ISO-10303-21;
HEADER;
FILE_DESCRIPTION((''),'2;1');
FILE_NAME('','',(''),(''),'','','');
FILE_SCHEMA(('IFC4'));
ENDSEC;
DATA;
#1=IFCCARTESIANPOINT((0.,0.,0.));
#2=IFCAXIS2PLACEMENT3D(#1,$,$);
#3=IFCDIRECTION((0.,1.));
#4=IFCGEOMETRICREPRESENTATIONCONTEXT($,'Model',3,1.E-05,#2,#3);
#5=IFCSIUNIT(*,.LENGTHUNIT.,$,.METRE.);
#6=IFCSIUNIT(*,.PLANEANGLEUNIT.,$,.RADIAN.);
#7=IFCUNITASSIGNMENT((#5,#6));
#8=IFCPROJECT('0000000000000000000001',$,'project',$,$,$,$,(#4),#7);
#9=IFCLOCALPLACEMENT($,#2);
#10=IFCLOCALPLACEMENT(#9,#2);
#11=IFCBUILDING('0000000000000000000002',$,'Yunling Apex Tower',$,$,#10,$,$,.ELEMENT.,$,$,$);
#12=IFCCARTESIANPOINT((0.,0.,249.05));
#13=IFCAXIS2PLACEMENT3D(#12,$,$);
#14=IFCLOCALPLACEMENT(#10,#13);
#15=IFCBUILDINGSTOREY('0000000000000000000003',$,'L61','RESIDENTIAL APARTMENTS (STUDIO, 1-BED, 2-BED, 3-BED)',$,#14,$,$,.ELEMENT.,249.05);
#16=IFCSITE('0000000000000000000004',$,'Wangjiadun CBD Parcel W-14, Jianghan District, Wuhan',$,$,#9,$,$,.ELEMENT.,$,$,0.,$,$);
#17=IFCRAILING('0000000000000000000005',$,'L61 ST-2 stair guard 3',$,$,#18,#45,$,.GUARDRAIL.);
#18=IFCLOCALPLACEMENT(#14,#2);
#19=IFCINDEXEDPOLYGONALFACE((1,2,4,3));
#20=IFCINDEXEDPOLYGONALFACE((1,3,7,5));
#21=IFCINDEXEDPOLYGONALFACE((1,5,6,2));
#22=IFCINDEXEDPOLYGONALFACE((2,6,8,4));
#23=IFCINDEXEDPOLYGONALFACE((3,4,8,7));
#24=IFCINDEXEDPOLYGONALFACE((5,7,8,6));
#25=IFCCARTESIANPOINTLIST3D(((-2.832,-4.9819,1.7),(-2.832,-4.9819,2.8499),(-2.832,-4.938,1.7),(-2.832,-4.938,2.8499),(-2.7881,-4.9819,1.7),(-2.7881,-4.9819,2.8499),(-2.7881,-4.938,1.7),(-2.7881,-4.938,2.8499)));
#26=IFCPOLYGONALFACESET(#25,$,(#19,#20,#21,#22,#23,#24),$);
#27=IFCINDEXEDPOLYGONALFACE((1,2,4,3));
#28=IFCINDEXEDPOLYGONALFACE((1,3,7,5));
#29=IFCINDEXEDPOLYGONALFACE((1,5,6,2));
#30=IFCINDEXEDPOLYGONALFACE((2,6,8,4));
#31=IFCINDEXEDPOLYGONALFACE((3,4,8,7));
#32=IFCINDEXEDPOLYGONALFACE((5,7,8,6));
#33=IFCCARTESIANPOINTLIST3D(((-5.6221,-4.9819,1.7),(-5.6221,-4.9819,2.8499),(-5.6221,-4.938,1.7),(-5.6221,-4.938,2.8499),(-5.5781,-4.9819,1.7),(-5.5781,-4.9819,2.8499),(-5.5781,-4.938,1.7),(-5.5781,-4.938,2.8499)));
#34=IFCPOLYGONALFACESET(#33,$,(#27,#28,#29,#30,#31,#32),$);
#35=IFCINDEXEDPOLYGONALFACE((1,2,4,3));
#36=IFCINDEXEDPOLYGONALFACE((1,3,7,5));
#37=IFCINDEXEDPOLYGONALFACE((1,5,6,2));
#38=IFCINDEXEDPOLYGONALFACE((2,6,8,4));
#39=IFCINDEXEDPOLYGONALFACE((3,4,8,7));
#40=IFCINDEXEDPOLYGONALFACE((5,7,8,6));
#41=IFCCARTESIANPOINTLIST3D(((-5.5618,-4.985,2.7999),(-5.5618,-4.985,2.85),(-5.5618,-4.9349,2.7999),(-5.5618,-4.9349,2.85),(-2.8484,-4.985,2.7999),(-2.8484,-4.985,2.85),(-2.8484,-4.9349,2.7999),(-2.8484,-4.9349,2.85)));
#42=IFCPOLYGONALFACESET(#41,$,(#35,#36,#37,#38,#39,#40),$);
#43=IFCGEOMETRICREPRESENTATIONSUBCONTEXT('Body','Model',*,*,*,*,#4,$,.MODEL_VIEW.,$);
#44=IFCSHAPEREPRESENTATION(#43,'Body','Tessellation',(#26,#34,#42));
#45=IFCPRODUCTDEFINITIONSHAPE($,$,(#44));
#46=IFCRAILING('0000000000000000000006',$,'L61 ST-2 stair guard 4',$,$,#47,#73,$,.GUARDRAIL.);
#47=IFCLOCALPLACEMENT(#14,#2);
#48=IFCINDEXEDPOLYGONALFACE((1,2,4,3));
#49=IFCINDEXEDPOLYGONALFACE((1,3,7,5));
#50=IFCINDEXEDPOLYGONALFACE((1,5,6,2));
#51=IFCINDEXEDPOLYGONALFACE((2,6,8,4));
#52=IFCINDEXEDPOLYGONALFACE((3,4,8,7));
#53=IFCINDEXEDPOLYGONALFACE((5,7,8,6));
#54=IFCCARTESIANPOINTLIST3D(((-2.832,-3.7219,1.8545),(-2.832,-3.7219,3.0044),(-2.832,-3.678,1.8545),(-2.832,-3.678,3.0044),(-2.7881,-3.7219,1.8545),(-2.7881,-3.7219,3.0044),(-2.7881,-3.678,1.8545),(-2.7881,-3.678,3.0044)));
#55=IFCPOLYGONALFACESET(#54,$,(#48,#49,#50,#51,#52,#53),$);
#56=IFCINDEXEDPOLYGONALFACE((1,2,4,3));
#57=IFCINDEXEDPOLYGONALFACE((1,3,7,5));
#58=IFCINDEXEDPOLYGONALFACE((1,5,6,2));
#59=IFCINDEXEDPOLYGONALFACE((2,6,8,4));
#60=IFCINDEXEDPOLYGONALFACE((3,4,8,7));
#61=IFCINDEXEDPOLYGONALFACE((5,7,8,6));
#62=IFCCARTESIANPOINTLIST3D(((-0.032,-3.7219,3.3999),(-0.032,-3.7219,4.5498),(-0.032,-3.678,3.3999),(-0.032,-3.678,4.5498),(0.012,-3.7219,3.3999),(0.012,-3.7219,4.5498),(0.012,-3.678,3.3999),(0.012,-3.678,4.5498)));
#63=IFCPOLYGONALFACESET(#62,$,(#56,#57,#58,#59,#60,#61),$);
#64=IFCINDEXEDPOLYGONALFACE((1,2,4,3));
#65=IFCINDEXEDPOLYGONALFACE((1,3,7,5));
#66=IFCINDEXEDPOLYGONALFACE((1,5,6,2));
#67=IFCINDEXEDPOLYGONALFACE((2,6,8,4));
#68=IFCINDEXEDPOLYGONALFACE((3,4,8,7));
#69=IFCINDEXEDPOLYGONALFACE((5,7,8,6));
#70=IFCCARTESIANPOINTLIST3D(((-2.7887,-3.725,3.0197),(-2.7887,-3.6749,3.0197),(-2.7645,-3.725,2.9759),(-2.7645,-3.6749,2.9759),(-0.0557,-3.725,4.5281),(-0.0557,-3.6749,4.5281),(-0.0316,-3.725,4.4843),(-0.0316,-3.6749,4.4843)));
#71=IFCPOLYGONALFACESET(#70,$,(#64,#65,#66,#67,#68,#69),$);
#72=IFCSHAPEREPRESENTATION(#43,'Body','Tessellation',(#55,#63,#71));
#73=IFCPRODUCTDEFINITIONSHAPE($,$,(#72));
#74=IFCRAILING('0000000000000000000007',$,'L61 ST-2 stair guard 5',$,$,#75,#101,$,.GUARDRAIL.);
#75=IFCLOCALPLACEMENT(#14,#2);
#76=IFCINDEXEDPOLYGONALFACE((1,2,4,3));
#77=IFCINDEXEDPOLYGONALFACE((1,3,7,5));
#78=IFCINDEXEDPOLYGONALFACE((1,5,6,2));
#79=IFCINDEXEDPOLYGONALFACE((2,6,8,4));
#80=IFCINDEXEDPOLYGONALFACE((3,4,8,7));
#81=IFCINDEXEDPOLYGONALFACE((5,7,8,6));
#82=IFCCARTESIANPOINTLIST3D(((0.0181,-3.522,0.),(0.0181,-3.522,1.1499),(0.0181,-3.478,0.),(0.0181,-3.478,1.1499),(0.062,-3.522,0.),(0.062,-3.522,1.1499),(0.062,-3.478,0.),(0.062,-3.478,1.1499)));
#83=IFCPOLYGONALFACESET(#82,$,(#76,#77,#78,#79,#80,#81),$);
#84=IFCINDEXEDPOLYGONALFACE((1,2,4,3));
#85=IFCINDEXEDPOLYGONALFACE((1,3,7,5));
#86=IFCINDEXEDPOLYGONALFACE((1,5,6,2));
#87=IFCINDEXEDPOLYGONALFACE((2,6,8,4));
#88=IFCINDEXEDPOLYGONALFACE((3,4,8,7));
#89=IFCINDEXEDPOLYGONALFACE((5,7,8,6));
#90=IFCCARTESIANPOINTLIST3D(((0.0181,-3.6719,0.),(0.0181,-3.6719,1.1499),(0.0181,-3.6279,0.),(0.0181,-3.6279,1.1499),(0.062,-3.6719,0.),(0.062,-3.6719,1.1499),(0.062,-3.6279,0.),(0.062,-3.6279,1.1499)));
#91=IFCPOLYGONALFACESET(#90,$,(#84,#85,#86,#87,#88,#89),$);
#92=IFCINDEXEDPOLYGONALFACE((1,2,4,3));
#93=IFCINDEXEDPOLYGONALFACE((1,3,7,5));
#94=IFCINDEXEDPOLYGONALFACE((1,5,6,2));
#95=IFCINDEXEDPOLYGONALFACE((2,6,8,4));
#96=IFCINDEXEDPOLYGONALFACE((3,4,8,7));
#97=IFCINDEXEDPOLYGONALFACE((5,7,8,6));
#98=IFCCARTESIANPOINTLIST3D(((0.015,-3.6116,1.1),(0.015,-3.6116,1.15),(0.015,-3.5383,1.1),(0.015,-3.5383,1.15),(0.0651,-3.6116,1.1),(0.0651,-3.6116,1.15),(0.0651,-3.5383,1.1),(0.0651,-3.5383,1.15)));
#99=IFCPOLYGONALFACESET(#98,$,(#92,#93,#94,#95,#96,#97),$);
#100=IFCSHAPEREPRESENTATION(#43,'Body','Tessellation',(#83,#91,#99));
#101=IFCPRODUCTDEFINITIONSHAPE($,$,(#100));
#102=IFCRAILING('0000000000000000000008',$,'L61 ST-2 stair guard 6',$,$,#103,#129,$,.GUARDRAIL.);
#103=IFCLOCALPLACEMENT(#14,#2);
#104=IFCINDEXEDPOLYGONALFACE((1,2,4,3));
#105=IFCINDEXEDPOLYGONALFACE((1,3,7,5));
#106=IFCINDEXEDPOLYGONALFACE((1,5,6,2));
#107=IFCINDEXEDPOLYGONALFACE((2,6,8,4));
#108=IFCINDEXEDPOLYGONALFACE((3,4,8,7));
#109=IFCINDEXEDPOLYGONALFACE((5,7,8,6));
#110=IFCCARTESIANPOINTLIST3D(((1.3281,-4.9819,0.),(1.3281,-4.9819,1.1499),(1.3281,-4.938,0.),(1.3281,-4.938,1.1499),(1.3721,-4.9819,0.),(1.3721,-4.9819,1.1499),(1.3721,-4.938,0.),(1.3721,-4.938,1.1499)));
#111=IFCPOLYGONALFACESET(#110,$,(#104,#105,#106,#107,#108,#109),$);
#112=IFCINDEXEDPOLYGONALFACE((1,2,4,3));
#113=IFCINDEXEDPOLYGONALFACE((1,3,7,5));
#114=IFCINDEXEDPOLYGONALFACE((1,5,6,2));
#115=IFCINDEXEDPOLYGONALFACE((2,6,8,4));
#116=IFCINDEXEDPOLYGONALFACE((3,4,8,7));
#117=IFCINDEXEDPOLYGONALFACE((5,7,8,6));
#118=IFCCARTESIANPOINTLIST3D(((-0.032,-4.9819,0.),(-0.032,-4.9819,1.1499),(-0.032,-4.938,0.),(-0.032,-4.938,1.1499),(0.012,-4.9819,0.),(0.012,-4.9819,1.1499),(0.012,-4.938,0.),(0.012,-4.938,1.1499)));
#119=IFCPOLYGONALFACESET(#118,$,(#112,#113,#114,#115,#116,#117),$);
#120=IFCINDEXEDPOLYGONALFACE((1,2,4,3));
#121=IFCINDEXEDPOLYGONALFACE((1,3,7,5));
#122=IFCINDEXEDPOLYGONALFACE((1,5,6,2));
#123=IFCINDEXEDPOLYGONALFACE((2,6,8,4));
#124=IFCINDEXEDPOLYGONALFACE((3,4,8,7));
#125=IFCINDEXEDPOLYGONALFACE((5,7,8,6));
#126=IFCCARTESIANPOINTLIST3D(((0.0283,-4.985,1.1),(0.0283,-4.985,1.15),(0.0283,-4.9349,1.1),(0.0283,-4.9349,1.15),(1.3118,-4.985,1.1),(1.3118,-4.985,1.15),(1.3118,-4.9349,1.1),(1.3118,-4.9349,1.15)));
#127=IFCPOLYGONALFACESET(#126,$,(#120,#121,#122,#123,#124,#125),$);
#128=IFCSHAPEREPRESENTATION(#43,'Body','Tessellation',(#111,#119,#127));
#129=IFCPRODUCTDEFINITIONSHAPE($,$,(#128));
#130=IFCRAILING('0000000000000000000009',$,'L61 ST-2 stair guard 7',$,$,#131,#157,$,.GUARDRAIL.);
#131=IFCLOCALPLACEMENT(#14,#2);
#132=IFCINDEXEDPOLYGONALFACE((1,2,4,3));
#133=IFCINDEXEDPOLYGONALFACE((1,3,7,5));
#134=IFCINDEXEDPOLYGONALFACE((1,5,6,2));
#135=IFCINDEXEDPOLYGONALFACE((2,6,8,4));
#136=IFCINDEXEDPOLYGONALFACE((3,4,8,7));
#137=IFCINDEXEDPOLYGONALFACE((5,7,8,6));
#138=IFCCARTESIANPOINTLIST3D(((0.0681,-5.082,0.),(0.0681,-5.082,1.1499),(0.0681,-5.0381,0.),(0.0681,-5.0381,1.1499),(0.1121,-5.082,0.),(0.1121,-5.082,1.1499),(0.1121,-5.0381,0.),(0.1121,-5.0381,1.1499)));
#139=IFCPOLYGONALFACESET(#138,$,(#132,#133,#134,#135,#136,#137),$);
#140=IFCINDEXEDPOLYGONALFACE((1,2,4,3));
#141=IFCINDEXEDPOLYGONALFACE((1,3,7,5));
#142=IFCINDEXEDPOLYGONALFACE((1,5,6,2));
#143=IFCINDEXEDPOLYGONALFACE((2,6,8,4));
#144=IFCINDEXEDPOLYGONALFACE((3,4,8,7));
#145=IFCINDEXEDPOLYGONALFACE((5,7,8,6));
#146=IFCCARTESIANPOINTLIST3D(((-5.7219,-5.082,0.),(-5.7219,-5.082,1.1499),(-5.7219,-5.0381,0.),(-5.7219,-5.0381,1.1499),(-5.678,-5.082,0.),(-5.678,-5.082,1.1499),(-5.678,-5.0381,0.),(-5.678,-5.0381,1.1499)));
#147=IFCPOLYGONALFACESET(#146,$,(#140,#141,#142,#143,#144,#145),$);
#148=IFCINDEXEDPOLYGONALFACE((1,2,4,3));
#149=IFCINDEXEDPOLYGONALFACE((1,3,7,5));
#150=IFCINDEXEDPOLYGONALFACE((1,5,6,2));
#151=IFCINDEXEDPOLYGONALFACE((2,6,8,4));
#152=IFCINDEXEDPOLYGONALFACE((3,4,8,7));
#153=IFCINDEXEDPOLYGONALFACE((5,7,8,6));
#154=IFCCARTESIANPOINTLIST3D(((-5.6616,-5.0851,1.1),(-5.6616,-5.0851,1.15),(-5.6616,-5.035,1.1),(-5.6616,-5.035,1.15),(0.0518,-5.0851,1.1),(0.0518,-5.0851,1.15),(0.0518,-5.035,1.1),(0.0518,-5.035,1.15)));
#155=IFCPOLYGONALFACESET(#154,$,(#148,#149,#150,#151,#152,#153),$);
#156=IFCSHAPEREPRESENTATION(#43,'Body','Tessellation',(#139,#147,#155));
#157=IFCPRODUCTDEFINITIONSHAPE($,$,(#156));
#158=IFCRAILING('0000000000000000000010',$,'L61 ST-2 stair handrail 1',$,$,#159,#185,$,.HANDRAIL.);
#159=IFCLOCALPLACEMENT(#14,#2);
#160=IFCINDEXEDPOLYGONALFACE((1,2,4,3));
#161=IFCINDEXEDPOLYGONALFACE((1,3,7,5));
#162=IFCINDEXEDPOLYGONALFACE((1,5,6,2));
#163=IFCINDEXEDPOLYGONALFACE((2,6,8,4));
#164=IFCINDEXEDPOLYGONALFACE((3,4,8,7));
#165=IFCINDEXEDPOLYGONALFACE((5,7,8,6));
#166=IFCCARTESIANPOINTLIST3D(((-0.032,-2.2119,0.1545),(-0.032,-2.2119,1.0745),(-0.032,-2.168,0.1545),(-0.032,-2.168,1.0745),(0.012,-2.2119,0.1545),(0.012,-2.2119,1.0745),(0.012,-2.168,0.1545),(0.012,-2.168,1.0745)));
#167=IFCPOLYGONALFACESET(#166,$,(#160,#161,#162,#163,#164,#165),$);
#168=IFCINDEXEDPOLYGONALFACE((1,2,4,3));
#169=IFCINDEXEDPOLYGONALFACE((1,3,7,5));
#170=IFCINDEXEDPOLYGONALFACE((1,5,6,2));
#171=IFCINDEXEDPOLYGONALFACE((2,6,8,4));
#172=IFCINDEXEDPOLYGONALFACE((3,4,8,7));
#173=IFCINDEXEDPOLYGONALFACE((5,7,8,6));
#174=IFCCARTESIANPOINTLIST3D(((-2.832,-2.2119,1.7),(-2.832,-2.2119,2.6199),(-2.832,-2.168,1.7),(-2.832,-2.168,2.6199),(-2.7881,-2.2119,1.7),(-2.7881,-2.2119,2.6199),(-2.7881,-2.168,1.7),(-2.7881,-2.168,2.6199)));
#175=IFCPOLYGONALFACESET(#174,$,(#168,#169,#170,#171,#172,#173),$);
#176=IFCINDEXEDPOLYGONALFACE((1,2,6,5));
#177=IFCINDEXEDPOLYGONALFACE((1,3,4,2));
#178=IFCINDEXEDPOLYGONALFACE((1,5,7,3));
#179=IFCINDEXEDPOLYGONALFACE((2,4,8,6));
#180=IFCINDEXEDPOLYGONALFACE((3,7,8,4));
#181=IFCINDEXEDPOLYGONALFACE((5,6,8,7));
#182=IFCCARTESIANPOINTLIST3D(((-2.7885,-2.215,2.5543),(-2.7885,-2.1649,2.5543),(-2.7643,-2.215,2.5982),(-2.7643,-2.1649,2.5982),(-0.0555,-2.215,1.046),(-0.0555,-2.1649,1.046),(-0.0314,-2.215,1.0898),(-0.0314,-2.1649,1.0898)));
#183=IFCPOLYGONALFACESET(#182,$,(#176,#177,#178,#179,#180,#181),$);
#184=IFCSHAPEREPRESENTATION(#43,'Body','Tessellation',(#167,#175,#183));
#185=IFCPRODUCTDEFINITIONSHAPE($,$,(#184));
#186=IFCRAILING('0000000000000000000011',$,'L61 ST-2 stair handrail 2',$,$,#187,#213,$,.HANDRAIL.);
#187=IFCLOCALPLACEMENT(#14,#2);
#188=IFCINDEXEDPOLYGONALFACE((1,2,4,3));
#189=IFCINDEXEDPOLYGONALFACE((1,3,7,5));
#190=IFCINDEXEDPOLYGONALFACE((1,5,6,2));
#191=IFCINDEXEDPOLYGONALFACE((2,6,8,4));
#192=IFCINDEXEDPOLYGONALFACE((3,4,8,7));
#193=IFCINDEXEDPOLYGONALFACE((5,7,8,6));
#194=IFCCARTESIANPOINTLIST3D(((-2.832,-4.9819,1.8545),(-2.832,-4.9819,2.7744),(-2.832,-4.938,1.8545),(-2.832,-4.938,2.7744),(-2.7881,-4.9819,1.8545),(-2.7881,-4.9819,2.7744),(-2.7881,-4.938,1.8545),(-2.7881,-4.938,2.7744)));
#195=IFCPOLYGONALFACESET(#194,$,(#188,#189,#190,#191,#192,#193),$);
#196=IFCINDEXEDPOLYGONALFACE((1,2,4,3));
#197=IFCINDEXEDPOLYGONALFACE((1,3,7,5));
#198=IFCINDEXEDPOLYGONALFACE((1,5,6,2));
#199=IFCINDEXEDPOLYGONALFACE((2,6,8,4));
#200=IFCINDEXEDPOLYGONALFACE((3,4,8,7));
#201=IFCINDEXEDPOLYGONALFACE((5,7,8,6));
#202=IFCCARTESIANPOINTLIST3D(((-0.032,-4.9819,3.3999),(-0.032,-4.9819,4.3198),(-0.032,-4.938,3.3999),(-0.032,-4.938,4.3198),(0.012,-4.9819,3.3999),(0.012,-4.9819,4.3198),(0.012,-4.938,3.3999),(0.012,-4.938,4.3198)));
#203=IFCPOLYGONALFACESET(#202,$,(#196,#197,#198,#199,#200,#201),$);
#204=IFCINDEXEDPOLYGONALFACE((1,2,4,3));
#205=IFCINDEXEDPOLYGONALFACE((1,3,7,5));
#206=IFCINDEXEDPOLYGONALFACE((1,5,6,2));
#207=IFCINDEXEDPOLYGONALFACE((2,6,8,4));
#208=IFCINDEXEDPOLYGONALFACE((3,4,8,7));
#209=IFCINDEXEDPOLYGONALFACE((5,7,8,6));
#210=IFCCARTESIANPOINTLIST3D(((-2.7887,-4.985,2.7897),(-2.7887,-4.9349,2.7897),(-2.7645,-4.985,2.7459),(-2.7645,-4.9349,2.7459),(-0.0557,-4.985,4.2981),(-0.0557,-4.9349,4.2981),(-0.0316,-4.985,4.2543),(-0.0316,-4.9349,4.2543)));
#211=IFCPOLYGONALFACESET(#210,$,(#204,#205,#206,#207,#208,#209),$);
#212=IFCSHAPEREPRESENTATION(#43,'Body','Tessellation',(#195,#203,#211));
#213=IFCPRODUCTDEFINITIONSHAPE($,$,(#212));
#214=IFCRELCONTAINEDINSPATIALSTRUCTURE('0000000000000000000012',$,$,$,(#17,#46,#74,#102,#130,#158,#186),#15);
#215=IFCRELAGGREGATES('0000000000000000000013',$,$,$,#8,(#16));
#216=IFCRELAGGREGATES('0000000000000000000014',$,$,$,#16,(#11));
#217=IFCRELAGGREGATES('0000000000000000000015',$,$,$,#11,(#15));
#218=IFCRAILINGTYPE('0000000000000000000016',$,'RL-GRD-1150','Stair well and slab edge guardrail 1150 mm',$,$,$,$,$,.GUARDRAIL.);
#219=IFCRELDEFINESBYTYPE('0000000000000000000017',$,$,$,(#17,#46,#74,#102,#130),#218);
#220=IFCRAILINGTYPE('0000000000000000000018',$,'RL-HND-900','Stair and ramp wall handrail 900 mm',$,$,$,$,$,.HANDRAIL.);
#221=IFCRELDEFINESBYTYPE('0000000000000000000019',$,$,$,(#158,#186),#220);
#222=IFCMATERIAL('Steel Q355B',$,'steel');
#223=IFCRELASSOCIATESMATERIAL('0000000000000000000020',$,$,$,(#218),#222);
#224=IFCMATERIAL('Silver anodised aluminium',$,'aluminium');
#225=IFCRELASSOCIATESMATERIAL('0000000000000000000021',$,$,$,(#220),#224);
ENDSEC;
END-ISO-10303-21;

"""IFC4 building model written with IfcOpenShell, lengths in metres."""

from ifc_helpers import new_model, si_unit, direction, frame, origin, origin_2d, place, context, subcontext, project, spatial, rectangle, extrude, material, type_object, element, save


model = new_model("IFC4")

# Units and contexts
model_context = context("Model", 3, precision=1e-05, world=origin(), true_north=direction((0.0, 1.0)))
body_context = subcontext(model_context, "Body", "Model", "MODEL_VIEW")
ifc_project = project(units=[si_unit("LENGTHUNIT", "METRE"), si_unit("PLANEANGLEUNIT", "RADIAN")], contexts=[model_context])

# Site, building, storey
site_placement = place(None, origin())
site = spatial("IfcSite", under=ifc_project, at=site_placement, Name="Wangjiadun CBD Parcel W-14, Jianghan District, Wuhan", CompositionType="ELEMENT", RefElevation=0.0)
building_placement = place(site_placement, origin())
building = spatial("IfcBuilding", under=site, at=building_placement, Name="Yunling Apex Tower", CompositionType="ELEMENT")
storey_placement = place(building_placement, frame((0.0, 0.0, 249.05)))
storey = spatial("IfcBuildingStorey", under=building, at=storey_placement, Name="L61", Description="RESIDENTIAL APARTMENTS (STUDIO, 1-BED, 2-BED, 3-BED)", CompositionType="ELEMENT", Elevation=249.05)

# Shared definitions
ifc_material_1 = material(Name="Steel Q355B", Category="steel")

# Railings
railing_type_1 = type_object("IfcRailingType", Name="RL-GRD-1150", Description="Stair well and slab edge guardrail 1150 mm", PredefinedType="GUARDRAIL", material=ifc_material_1)
railing_1_placement = place(storey_placement, frame((-2.8101, -4.96, 1.7)))
element("IfcRailing", 1, at=railing_1_placement, inside=storey, type_object=railing_type_1, Name="L61 ST-2 stair guard 3", PredefinedType="GUARDRAIL", context=body_context, shape_type="SweptSolid", body=[
    extrude(rectangle(XDim=0.0439, YDim=0.0439, at=origin_2d()), origin(), (0.0, 0.0, 1.0), 1.1499),
    extrude(rectangle(XDim=0.0439, YDim=0.0439, at=origin_2d()), frame((-2.79, 0.0, 0.0)), (0.0, 0.0, 1.0), 1.1499),
    extrude(rectangle(XDim=0.05, YDim=0.05, at=origin_2d()), frame((-0.0383, 0.0, 1.125), z_axis=(-1.0, 0.0, 0.0), x_axis=(0.0, -1.0, 0.0)), (0.0, 0.0, 1.0), 2.7134),
])
railing_2_placement = place(storey_placement, frame((-2.8101, -3.7, 1.8545)))
element("IfcRailing", 2, at=railing_2_placement, inside=storey, type_object=railing_type_1, Name="L61 ST-2 stair guard 4", PredefinedType="GUARDRAIL", context=body_context, shape_type="SweptSolid", body=[
    extrude(rectangle(XDim=0.0439, YDim=0.0439, at=origin_2d()), origin(), (0.0, 0.0, 1.0), 1.1499),
    extrude(rectangle(XDim=0.0439, YDim=0.0439, at=origin_2d()), frame((2.8, 0.0, 1.5454)), (0.0, 0.0, 1.0), 1.1499),
    extrude(rectangle(XDim=0.05, YDim=0.05, at=origin_2d()), frame((0.0334, 0.0, 1.1433), z_axis=(0.875504, 0.0, 0.483211), x_axis=(0.0, 1.0, 0.0)), (0.0, 0.0, 1.0), 3.1216),
])
railing_3_placement = place(storey_placement, frame((0.04, -3.5, 0.0)))
element("IfcRailing", 3, at=railing_3_placement, inside=storey, type_object=railing_type_1, Name="L61 ST-2 stair guard 5", PredefinedType="GUARDRAIL", context=body_context, shape_type="SweptSolid", body=[
    extrude(rectangle(XDim=0.0439, YDim=0.0439, at=origin_2d()), origin(), (0.0, 0.0, 1.0), 1.1499),
    extrude(rectangle(XDim=0.0439, YDim=0.0439, at=origin_2d()), frame((0.0, -0.1499, 0.0)), (0.0, 0.0, 1.0), 1.1499),
    extrude(rectangle(XDim=0.05, YDim=0.05, at=origin_2d()), frame((0.0, -0.0383, 1.125), z_axis=(0.0, -1.0, 0.0), x_axis=(1.0, 0.0, 0.0)), (0.0, 0.0, 1.0), 0.0732),
])
railing_4_placement = place(storey_placement, frame((1.3501, -4.96, 0.0)))
element("IfcRailing", 4, at=railing_4_placement, inside=storey, type_object=railing_type_1, Name="L61 ST-2 stair guard 6", PredefinedType="GUARDRAIL", context=body_context, shape_type="SweptSolid", body=[
    extrude(rectangle(XDim=0.0439, YDim=0.0439, at=origin_2d()), origin(), (0.0, 0.0, 1.0), 1.1499),
    extrude(rectangle(XDim=0.0439, YDim=0.0439, at=origin_2d()), frame((-1.3601, 0.0, 0.0)), (0.0, 0.0, 1.0), 1.1499),
    extrude(rectangle(XDim=0.05, YDim=0.05, at=origin_2d()), frame((-0.0383, 0.0, 1.125), z_axis=(-1.0, 0.0, 0.0), x_axis=(0.0, -1.0, 0.0)), (0.0, 0.0, 1.0), 1.2834),
])
railing_5_placement = place(storey_placement, frame((0.0901, -5.0601, 0.0)))
element("IfcRailing", 5, at=railing_5_placement, inside=storey, type_object=railing_type_1, Name="L61 ST-2 stair guard 7", PredefinedType="GUARDRAIL", context=body_context, shape_type="SweptSolid", body=[
    extrude(rectangle(XDim=0.0439, YDim=0.0439, at=origin_2d()), origin(), (0.0, 0.0, 1.0), 1.1499),
    extrude(rectangle(XDim=0.0439, YDim=0.0439, at=origin_2d()), frame((-5.79, 0.0, 0.0)), (0.0, 0.0, 1.0), 1.1499),
    extrude(rectangle(XDim=0.05, YDim=0.05, at=origin_2d()), frame((-0.0383, 0.0, 1.125), z_axis=(-1.0, 0.0, 0.0), x_axis=(0.0, -1.0, 0.0)), (0.0, 0.0, 1.0), 5.7134),
])
ifc_material_2 = material(Name="Silver anodised aluminium", Category="aluminium")
railing_type_2 = type_object("IfcRailingType", Name="RL-HND-900", Description="Stair and ramp wall handrail 900 mm", PredefinedType="HANDRAIL", material=ifc_material_2)
railing_6_placement = place(storey_placement, frame((-0.01, -2.1899, 0.1545)))
element("IfcRailing", 6, at=railing_6_placement, inside=storey, type_object=railing_type_2, Name="L61 ST-2 stair handrail 1", PredefinedType="HANDRAIL", context=body_context, shape_type="SweptSolid", body=[
    extrude(rectangle(XDim=0.0439, YDim=0.0439, at=origin_2d()), origin(), (0.0, 0.0, 1.0), 0.9199),
    extrude(rectangle(XDim=0.0439, YDim=0.0439, at=origin_2d()), frame((-2.8, 0.0, 1.5454)), (0.0, 0.0, 1.0), 0.9199),
    extrude(rectangle(XDim=0.05, YDim=0.05, at=origin_2d()), frame((-0.0334, 0.0, 0.9133), z_axis=(-0.875504, 0.0, 0.483211), x_axis=(0.0, -1.0, 0.0)), (0.0, 0.0, 1.0), 3.1216),
])
railing_7_placement = place(storey_placement, frame((-2.8101, -4.96, 1.8545)))
element("IfcRailing", 7, at=railing_7_placement, inside=storey, type_object=railing_type_2, Name="L61 ST-2 stair handrail 2", PredefinedType="HANDRAIL", context=body_context, shape_type="SweptSolid", body=[
    extrude(rectangle(XDim=0.0439, YDim=0.0439, at=origin_2d()), origin(), (0.0, 0.0, 1.0), 0.9199),
    extrude(rectangle(XDim=0.0439, YDim=0.0439, at=origin_2d()), frame((2.8, 0.0, 1.5454)), (0.0, 0.0, 1.0), 0.9199),
    extrude(rectangle(XDim=0.05, YDim=0.05, at=origin_2d()), frame((0.0334, 0.0, 0.9133), z_axis=(0.875504, 0.0, 0.483211), x_axis=(0.0, 1.0, 0.0)), (0.0, 0.0, 1.0), 3.1216),
])

save(model, "model.ifc")
